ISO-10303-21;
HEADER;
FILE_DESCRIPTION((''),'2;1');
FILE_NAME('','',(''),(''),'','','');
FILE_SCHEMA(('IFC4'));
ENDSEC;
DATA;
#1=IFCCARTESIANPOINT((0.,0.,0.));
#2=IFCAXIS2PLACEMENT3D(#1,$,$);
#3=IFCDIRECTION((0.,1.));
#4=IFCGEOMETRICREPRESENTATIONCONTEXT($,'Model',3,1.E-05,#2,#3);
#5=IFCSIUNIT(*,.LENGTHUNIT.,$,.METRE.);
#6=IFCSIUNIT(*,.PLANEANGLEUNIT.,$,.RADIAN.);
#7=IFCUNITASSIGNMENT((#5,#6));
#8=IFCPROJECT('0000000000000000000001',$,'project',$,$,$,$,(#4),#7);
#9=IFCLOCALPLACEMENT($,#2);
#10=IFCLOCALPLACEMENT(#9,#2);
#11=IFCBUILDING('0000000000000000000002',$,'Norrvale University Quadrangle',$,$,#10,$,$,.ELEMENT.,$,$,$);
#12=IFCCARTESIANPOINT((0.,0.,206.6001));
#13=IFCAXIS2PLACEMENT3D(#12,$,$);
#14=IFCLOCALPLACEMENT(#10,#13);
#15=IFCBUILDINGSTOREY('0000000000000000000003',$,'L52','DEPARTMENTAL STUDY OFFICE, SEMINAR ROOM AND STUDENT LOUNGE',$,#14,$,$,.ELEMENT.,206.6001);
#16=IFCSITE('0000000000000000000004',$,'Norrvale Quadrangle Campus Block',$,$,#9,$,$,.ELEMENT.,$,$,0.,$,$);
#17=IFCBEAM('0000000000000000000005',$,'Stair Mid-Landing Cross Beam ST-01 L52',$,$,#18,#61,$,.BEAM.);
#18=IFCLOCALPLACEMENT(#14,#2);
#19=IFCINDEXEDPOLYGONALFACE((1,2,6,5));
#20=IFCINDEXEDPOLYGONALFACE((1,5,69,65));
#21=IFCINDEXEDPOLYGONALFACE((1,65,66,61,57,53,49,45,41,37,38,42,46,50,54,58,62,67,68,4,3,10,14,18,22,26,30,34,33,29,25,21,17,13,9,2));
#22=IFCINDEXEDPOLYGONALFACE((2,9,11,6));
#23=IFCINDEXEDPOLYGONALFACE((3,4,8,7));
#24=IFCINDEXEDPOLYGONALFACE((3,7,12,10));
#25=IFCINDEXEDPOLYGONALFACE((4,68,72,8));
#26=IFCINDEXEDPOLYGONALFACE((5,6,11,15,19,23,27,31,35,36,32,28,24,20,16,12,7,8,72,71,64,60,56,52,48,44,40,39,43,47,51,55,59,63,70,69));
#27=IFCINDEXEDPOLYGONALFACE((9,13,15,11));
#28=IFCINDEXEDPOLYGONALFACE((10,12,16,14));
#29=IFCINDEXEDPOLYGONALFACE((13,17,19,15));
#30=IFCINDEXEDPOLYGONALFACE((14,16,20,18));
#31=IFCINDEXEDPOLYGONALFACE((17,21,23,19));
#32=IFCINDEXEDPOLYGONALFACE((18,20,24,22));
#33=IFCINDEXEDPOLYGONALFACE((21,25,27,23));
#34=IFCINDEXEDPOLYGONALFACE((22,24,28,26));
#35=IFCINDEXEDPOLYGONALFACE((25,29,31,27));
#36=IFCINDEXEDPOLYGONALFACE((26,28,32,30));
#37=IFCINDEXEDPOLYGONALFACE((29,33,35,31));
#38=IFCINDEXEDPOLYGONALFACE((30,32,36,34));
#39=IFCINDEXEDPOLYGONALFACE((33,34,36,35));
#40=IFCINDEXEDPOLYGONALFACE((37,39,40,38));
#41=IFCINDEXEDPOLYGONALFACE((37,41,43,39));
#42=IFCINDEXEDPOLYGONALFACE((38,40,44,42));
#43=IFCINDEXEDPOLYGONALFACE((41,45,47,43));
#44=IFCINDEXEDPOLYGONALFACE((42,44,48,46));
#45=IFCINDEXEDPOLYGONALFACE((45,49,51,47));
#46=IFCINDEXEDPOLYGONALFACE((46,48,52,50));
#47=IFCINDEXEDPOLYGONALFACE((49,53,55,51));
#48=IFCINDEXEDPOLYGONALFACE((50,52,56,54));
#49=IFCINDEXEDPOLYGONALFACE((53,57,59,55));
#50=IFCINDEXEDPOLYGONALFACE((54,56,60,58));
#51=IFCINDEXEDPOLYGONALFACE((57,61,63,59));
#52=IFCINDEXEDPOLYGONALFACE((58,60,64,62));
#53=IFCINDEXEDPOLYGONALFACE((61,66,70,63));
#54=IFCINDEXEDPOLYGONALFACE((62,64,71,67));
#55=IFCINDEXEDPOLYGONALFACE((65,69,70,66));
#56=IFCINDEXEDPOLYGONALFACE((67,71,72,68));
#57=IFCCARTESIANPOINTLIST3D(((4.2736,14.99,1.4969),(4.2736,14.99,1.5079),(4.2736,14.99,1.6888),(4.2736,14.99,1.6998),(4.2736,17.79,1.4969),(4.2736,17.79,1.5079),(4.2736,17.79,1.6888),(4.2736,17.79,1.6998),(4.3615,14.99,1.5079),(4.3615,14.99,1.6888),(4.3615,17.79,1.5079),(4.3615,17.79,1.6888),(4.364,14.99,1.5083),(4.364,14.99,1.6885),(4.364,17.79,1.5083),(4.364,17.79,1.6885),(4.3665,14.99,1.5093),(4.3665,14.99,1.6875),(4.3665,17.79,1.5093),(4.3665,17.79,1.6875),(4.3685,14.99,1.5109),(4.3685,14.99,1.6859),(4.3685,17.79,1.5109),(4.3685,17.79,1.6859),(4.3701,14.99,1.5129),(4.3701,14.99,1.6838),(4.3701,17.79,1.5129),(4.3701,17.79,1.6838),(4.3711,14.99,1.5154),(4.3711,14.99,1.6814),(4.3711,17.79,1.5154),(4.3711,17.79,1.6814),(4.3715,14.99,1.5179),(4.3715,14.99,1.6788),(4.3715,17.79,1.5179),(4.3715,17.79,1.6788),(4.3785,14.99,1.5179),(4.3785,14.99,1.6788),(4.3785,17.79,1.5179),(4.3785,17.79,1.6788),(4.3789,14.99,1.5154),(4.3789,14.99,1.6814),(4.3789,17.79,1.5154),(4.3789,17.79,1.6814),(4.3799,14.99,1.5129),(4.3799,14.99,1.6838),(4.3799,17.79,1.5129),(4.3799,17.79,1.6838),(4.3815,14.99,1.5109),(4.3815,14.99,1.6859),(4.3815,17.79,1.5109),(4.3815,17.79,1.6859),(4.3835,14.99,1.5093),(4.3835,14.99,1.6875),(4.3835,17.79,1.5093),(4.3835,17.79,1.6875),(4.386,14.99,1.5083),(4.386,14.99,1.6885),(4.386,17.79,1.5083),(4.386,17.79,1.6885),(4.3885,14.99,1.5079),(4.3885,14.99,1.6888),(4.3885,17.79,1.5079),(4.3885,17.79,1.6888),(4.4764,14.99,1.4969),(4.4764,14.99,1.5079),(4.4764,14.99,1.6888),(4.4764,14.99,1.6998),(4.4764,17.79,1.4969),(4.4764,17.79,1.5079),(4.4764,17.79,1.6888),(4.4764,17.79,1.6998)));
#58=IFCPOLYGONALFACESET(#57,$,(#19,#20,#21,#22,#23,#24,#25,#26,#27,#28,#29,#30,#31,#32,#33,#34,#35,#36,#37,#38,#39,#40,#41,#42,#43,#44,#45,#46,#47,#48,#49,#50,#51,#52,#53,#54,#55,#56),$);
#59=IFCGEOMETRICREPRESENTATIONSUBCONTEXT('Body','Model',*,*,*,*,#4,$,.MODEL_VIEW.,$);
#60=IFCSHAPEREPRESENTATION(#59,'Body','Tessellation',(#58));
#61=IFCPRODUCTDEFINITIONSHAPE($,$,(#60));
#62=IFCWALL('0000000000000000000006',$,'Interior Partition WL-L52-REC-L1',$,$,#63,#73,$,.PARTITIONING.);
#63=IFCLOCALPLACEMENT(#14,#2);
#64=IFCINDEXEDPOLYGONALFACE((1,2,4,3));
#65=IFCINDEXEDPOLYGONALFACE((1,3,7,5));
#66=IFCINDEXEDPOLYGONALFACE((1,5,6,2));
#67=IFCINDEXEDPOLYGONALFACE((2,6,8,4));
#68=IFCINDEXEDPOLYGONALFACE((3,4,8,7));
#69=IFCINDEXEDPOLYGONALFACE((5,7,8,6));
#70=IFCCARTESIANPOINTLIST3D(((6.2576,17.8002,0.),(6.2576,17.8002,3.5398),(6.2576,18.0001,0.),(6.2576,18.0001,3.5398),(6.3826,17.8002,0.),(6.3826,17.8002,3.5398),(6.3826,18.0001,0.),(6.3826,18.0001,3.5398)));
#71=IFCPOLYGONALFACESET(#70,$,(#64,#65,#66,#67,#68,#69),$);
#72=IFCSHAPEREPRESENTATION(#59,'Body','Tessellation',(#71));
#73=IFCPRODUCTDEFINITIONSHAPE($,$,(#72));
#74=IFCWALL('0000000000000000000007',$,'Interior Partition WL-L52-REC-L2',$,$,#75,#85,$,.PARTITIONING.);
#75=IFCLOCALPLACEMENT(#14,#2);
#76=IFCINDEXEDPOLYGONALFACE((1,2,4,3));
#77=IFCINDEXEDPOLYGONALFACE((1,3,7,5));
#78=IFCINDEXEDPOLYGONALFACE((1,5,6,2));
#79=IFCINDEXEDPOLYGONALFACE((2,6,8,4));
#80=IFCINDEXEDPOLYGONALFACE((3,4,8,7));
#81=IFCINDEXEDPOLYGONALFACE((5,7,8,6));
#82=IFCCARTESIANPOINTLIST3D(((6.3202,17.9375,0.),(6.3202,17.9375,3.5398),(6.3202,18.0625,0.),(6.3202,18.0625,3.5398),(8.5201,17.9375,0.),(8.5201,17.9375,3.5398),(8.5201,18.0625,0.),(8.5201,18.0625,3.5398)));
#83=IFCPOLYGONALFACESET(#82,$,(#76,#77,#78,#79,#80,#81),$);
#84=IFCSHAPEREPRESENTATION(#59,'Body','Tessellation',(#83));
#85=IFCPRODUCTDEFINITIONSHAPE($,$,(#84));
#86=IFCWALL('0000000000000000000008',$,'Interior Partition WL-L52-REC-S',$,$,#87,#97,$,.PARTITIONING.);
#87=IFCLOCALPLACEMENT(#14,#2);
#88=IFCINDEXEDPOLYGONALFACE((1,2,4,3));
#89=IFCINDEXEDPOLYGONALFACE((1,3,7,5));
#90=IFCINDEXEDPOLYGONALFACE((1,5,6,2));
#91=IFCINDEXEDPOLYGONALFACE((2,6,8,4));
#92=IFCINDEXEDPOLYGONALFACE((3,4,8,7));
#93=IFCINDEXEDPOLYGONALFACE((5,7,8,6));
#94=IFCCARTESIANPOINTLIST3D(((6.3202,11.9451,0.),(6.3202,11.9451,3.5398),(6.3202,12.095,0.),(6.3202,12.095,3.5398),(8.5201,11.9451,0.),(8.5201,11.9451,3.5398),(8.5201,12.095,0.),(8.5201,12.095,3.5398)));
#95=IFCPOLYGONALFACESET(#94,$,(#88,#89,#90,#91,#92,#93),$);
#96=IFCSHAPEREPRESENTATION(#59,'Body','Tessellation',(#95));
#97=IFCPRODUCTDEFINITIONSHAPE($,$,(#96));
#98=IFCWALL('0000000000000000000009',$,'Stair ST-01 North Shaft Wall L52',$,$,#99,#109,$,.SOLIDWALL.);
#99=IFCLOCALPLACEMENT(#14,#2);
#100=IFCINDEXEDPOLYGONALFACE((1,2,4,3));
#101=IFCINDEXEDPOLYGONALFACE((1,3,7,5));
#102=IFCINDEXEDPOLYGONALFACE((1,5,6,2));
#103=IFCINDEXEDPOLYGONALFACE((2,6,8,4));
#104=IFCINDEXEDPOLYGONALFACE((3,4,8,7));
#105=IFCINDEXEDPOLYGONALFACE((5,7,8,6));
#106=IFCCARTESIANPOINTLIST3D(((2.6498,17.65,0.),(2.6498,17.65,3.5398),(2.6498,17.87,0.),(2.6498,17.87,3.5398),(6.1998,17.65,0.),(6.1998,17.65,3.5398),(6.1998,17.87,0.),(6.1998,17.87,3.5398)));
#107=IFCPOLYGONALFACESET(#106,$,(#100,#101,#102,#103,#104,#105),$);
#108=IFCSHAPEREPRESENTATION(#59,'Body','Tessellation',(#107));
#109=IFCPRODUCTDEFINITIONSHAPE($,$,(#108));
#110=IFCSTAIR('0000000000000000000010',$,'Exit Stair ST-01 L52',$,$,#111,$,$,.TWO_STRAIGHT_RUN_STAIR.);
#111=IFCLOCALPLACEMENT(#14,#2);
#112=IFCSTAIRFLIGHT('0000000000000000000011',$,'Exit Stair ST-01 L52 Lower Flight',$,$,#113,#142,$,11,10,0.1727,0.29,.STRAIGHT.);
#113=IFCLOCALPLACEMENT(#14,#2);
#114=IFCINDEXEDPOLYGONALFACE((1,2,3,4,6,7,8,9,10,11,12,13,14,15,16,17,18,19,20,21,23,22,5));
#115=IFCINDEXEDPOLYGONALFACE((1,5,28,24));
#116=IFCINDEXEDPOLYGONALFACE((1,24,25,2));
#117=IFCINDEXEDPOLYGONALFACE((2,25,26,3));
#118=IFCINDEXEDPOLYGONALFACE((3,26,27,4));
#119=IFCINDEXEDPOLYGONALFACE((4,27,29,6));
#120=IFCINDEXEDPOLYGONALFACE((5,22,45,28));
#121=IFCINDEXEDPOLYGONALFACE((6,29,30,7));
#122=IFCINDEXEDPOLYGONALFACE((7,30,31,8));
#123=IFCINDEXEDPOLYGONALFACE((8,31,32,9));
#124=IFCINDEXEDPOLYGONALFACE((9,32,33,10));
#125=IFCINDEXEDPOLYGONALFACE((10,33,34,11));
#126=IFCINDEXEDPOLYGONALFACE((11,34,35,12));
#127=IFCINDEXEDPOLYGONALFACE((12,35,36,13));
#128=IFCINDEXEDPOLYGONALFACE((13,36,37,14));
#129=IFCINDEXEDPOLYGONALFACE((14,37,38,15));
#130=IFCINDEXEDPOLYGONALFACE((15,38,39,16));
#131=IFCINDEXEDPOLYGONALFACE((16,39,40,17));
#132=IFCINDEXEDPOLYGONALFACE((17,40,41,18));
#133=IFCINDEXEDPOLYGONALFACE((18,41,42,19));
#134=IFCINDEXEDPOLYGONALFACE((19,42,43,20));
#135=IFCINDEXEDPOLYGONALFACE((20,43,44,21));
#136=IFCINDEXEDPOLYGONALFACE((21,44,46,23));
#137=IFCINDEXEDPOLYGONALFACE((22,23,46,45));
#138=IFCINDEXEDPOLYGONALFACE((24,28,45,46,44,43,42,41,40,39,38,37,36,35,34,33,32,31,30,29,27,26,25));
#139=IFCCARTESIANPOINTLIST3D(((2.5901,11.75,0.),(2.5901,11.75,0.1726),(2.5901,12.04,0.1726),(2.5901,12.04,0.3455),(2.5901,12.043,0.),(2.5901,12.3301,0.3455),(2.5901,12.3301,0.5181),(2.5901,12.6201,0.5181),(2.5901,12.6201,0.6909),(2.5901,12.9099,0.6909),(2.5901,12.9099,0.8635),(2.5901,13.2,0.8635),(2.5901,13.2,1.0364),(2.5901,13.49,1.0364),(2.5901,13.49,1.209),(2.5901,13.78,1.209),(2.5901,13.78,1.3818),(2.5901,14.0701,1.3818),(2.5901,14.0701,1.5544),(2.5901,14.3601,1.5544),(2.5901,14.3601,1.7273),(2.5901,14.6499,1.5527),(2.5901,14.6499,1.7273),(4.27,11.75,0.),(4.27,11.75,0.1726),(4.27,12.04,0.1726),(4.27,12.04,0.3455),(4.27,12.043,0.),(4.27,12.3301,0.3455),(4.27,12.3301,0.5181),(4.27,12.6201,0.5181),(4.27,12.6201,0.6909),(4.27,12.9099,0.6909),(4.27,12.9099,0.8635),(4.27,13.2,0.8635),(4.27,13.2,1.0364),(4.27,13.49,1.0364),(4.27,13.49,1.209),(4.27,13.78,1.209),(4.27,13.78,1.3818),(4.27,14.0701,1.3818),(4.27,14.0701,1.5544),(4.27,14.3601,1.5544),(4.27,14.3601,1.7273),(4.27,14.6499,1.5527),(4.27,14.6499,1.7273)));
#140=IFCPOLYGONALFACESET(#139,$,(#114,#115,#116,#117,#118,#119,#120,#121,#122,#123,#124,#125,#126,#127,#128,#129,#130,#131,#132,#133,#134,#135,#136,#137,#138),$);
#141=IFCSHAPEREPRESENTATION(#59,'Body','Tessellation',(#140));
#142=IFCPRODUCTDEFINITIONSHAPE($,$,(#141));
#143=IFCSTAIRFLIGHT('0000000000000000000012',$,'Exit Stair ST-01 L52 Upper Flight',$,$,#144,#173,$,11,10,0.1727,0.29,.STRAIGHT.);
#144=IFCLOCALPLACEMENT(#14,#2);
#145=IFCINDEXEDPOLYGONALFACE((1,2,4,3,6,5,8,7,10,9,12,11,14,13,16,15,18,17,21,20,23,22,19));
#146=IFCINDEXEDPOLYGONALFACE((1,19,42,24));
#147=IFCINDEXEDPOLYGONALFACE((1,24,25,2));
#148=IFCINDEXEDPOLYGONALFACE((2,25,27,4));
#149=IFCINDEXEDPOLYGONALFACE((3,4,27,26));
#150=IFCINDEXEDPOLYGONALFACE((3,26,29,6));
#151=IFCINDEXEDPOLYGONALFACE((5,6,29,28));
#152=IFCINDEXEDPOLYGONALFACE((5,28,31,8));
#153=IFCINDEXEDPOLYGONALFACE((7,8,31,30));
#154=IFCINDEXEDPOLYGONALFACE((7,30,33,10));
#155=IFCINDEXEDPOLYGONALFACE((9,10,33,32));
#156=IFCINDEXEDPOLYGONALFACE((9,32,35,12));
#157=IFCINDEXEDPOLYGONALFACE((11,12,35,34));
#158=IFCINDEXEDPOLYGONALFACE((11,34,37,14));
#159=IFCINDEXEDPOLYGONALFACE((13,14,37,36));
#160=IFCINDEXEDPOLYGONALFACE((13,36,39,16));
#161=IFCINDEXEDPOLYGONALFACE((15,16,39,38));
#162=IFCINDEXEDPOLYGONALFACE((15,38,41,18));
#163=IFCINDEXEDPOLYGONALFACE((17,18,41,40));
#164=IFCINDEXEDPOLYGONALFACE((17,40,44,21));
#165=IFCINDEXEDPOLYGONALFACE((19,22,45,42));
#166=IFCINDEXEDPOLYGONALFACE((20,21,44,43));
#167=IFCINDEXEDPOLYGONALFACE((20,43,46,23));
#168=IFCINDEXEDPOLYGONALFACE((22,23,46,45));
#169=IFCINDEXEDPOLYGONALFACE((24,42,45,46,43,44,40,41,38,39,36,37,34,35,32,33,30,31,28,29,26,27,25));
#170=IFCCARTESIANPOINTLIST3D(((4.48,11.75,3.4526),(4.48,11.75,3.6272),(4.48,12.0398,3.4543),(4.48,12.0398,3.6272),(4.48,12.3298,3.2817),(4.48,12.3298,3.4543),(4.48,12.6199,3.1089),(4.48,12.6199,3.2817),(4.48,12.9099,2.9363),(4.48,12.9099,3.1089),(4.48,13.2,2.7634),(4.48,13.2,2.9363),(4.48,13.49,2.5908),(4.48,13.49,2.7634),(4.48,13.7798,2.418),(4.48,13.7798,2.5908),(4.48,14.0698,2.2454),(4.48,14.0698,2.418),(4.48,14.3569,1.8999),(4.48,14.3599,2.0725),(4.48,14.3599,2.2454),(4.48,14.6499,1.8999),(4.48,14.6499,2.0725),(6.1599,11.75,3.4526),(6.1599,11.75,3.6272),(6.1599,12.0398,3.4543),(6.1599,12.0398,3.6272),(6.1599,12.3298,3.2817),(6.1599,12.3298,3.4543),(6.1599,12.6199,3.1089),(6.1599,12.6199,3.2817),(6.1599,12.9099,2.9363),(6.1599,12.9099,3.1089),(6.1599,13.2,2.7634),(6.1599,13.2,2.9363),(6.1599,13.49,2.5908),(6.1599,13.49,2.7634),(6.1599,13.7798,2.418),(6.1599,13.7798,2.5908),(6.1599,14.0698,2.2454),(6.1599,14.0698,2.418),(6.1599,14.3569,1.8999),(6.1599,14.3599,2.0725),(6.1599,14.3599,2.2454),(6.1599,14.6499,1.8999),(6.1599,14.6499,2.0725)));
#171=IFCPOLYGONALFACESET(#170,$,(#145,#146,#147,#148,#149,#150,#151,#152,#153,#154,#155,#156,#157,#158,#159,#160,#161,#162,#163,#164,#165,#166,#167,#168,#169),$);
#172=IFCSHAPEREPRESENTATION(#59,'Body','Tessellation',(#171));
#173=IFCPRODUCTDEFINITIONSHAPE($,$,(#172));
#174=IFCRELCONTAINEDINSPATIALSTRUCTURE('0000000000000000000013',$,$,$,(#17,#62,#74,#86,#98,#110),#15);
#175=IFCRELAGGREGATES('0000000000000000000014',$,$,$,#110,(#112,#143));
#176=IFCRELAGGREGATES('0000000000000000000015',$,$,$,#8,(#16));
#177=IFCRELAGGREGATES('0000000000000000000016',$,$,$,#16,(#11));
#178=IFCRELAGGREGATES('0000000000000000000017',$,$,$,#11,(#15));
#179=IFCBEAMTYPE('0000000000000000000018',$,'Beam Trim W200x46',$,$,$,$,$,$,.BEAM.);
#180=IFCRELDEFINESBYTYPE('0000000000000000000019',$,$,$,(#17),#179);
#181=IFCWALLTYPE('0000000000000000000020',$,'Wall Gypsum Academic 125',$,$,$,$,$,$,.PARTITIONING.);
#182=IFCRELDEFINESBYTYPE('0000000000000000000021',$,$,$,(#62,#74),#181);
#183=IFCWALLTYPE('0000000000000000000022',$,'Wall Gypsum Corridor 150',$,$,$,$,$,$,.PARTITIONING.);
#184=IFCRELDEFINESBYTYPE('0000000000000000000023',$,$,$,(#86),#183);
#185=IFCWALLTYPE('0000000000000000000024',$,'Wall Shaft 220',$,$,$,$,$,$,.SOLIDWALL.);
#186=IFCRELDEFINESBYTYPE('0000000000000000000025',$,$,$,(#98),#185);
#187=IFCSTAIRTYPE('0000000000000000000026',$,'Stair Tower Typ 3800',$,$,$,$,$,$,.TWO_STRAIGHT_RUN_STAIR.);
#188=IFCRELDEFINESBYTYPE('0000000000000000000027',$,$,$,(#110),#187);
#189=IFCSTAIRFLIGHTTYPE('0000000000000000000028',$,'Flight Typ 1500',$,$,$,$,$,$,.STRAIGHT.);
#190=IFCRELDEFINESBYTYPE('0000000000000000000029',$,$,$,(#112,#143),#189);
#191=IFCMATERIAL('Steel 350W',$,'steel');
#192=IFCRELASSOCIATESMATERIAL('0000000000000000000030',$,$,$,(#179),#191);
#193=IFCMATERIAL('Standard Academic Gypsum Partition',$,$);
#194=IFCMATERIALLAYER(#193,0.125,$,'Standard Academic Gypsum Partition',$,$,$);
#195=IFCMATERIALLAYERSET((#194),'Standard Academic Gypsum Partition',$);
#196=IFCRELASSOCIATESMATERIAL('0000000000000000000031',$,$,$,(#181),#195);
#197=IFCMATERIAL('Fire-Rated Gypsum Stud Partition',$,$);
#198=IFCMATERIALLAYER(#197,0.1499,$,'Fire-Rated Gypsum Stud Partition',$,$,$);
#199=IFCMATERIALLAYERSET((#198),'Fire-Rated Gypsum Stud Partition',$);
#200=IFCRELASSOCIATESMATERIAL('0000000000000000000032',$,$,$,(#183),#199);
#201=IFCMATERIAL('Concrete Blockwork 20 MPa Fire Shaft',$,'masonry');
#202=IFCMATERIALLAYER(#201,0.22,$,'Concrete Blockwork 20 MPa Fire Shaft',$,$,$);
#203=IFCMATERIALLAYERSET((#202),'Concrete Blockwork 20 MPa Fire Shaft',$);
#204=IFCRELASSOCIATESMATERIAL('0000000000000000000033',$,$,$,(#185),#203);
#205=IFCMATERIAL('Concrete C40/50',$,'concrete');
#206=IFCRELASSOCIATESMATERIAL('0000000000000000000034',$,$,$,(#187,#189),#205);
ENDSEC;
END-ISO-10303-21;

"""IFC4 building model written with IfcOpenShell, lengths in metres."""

from ifc_helpers import new_model, si_unit, direction, frame, frame_2d, origin, origin_2d, place, context, subcontext, project, spatial, polyline, rectangle, i_section, outline, extrude, material, layer, layer_set, material_profile, profile_set, type_object, element, aggregate, save


model = new_model("IFC4")

# Units and contexts
model_context = context("Model", 3, precision=1e-05, world=origin(), true_north=direction((0.0, 1.0)))
body_context = subcontext(model_context, "Body", "Model", "MODEL_VIEW")
ifc_project = project(units=[si_unit("LENGTHUNIT", "METRE"), si_unit("PLANEANGLEUNIT", "RADIAN")], contexts=[model_context])

# Site, building, storey
site_placement = place(None, origin())
site = spatial("IfcSite", under=ifc_project, at=site_placement, Name="Norrvale Quadrangle Campus Block", CompositionType="ELEMENT", RefElevation=0.0)
building_placement = place(site_placement, origin())
building = spatial("IfcBuilding", under=site, at=building_placement, Name="Norrvale University Quadrangle", CompositionType="ELEMENT")
storey_placement = place(building_placement, frame((0.0, 0.0, 206.6001)))
storey = spatial("IfcBuildingStorey", under=building, at=storey_placement, Name="L52", Description="DEPARTMENTAL STUDY OFFICE, SEMINAR ROOM AND STUDENT LOUNGE", CompositionType="ELEMENT", Elevation=206.6001)

# Beam
ifc_material_1 = material(Name="Steel 350W", Category="steel")
ifc_material_profile_1 = material_profile(ifc_material_1, i_section(OverallWidth=0.2029, OverallDepth=0.2029, WebThickness=0.0071, FlangeThickness=0.011, FilletRadius=0.01, at=origin_2d()), Name="Steel 350W")
ifc_profile_set_1 = profile_set([ifc_material_profile_1], Name="Steel 350W")
beam_type_1 = type_object("IfcBeamType", Name="Beam Trim W200x46", PredefinedType="BEAM", material=ifc_profile_set_1)
beam_1_placement = place(storey_placement, frame((4.375, 14.99, 1.5984), z_axis=(0.0, 1.0, 0.0), x_axis=(-1.0, 0.0, 0.0)))
element("IfcBeam", 1, at=beam_1_placement, inside=storey, type_object=beam_type_1, Name="Stair Mid-Landing Cross Beam ST-01 L52", PredefinedType="BEAM", context=body_context, shape_type="SweptSolid", body=[
    extrude(i_section(OverallWidth=0.2029, OverallDepth=0.2029, WebThickness=0.0071, FlangeThickness=0.011, FilletRadius=0.01, at=origin_2d()), origin(), (0.0, 0.0, 1.0), 2.8),
])

# Walls
ifc_material_2 = material(Name="Standard Academic Gypsum Partition")
ifc_layer_1 = layer(ifc_material_2, 0.125, Name="Standard Academic Gypsum Partition")
ifc_layer_set_1 = layer_set([ifc_layer_1], Name="Standard Academic Gypsum Partition")
wall_type_1 = type_object("IfcWallType", Name="Wall Gypsum Academic 125", PredefinedType="PARTITIONING", material=ifc_layer_set_1)
wall_1_placement = place(storey_placement, frame((6.3201, 17.8, 0.0), z_axis=(0.0, 0.0, 1.0), x_axis=(0.0, 1.0, 0.0)))
element("IfcWall", 2, at=wall_1_placement, inside=storey, type_object=wall_type_1, Name="Interior Partition WL-L52-REC-L1", PredefinedType="PARTITIONING", context=body_context, shape_type="SweptSolid", body=[
    extrude(rectangle(XDim=0.2, YDim=0.125, at=frame_2d((0.1001, 0.0))), origin(), (0.0, 0.0, 1.0), 3.5398),
])
wall_2_placement = place(storey_placement, frame((6.3201, 18.0, 0.0), z_axis=(0.0, 0.0, 1.0), x_axis=(1.0, 0.0, 0.0)))
element("IfcWall", 3, at=wall_2_placement, inside=storey, type_object=wall_type_1, Name="Interior Partition WL-L52-REC-L2", PredefinedType="PARTITIONING", context=body_context, shape_type="SweptSolid", body=[
    extrude(rectangle(XDim=2.2, YDim=0.125, at=frame_2d((1.1001, 0.0))), origin(), (0.0, 0.0, 1.0), 3.5398),
])
ifc_material_3 = material(Name="Fire-Rated Gypsum Stud Partition")
ifc_layer_2 = layer(ifc_material_3, 0.1499, Name="Fire-Rated Gypsum Stud Partition")
ifc_layer_set_2 = layer_set([ifc_layer_2], Name="Fire-Rated Gypsum Stud Partition")
wall_type_2 = type_object("IfcWallType", Name="Wall Gypsum Corridor 150", PredefinedType="PARTITIONING", material=ifc_layer_set_2)
wall_3_placement = place(storey_placement, frame((6.3201, 12.02, 0.0), z_axis=(0.0, 0.0, 1.0), x_axis=(1.0, 0.0, 0.0)))
element("IfcWall", 4, at=wall_3_placement, inside=storey, type_object=wall_type_2, Name="Interior Partition WL-L52-REC-S", PredefinedType="PARTITIONING", context=body_context, shape_type="SweptSolid", body=[
    extrude(rectangle(XDim=2.2, YDim=0.1499, at=frame_2d((1.1001, 0.0))), origin(), (0.0, 0.0, 1.0), 3.5398),
])
ifc_material_4 = material(Name="Concrete Blockwork 20 MPa Fire Shaft", Category="masonry")
ifc_layer_3 = layer(ifc_material_4, 0.22, Name="Concrete Blockwork 20 MPa Fire Shaft")
ifc_layer_set_3 = layer_set([ifc_layer_3], Name="Concrete Blockwork 20 MPa Fire Shaft")
wall_type_3 = type_object("IfcWallType", Name="Wall Shaft 220", PredefinedType="SOLIDWALL", material=ifc_layer_set_3)
wall_4_placement = place(storey_placement, frame((2.6499, 17.76, 0.0), z_axis=(0.0, 0.0, 1.0), x_axis=(1.0, 0.0, 0.0)))
element("IfcWall", 5, at=wall_4_placement, inside=storey, type_object=wall_type_3, Name="Stair ST-01 North Shaft Wall L52", PredefinedType="SOLIDWALL", context=body_context, shape_type="SweptSolid", body=[
    extrude(rectangle(XDim=3.55, YDim=0.22, at=frame_2d((1.7749, 0.0))), origin(), (0.0, 0.0, 1.0), 3.5398),
])

# Stair, stair flights
ifc_material_5 = material(Name="Concrete C40/50", Category="concrete")
stair_type = type_object("IfcStairType", Name="Stair Tower Typ 3800", PredefinedType="TWO_STRAIGHT_RUN_STAIR", material=ifc_material_5)
stair_placement = place(storey_placement, origin())
stair = element("IfcStair", 6, at=stair_placement, inside=storey, type_object=stair_type, Name="Exit Stair ST-01 L52", PredefinedType="TWO_STRAIGHT_RUN_STAIR")
stair_flight_type = type_object("IfcStairFlightType", Name="Flight Typ 1500", PredefinedType="STRAIGHT", material=ifc_material_5)
stair_flight_1_placement = place(storey_placement, frame((3.4299, 11.75, 0.0), z_axis=(0.0, 0.0, 1.0), x_axis=(0.0, 1.0, 0.0)))
stair_flight_1 = element("IfcStairFlight", 7, at=stair_flight_1_placement, type_object=stair_flight_type, Name="Exit Stair ST-01 L52 Lower Flight", NumberOfRisers=11, NumberOfTreads=10, PredefinedType="STRAIGHT", RiserHeight=0.1727, TreadLength=0.29, context=body_context, shape_type="SweptSolid", body=[
    extrude(outline(polyline([(0.0, 0.0), (0.0, 0.1726), (0.29, 0.1726), (0.29, 0.3455), (0.5801, 0.3455), (0.5801, 0.5181), (0.8701, 0.5181), (0.8701, 0.6909), (1.1599, 0.6909), (1.1599, 0.8635), (1.45, 0.8635), (1.45, 1.0364), (1.74, 1.0364), (1.74, 1.209), (2.03, 1.209), (2.03, 1.3818), (2.3201, 1.3818), (2.3201, 1.5544), (2.6101, 1.5544), (2.6101, 1.7273), (2.8999, 1.7273), (2.8999, 1.8999), (2.8999, 1.5527), (0.293, 0.0), (0.0, 0.0)])), frame((0.0, 0.8398, 0.0), z_axis=(0.0, -1.0, 0.0), x_axis=(1.0, 0.0, 0.0)), (0.0, 0.0, 1.0), 1.6799),
])
stair_flight_2_placement = place(storey_placement, frame((5.3201, 14.6499, 1.8999), z_axis=(0.0, 0.0, 1.0), x_axis=(0.0, -1.0, 0.0)))
stair_flight_2 = element("IfcStairFlight", 8, at=stair_flight_2_placement, type_object=stair_flight_type, Name="Exit Stair ST-01 L52 Upper Flight", NumberOfRisers=11, NumberOfTreads=10, PredefinedType="STRAIGHT", RiserHeight=0.1727, TreadLength=0.29, context=body_context, shape_type="SweptSolid", body=[
    extrude(outline(polyline([(0.0, 0.0), (0.0, 0.1726), (0.29, 0.1726), (0.29, 0.3455), (0.5801, 0.3455), (0.5801, 0.5181), (0.8701, 0.5181), (0.8701, 0.6909), (1.1599, 0.6909), (1.1599, 0.8635), (1.45, 0.8635), (1.45, 1.0364), (1.74, 1.0364), (1.74, 1.209), (2.03, 1.209), (2.03, 1.3818), (2.3201, 1.3818), (2.3201, 1.5544), (2.6101, 1.5544), (2.6101, 1.7273), (2.8999, 1.7273), (2.8999, 1.8999), (2.8999, 1.5527), (0.293, 0.0), (0.0, 0.0)])), frame((0.0, 0.8398, 0.0), z_axis=(0.0, -1.0, 0.0), x_axis=(1.0, 0.0, 0.0)), (0.0, 0.0, 1.0), 1.6799),
])
aggregate(stair, [stair_flight_1, stair_flight_2])

save(model, "model.ifc")
